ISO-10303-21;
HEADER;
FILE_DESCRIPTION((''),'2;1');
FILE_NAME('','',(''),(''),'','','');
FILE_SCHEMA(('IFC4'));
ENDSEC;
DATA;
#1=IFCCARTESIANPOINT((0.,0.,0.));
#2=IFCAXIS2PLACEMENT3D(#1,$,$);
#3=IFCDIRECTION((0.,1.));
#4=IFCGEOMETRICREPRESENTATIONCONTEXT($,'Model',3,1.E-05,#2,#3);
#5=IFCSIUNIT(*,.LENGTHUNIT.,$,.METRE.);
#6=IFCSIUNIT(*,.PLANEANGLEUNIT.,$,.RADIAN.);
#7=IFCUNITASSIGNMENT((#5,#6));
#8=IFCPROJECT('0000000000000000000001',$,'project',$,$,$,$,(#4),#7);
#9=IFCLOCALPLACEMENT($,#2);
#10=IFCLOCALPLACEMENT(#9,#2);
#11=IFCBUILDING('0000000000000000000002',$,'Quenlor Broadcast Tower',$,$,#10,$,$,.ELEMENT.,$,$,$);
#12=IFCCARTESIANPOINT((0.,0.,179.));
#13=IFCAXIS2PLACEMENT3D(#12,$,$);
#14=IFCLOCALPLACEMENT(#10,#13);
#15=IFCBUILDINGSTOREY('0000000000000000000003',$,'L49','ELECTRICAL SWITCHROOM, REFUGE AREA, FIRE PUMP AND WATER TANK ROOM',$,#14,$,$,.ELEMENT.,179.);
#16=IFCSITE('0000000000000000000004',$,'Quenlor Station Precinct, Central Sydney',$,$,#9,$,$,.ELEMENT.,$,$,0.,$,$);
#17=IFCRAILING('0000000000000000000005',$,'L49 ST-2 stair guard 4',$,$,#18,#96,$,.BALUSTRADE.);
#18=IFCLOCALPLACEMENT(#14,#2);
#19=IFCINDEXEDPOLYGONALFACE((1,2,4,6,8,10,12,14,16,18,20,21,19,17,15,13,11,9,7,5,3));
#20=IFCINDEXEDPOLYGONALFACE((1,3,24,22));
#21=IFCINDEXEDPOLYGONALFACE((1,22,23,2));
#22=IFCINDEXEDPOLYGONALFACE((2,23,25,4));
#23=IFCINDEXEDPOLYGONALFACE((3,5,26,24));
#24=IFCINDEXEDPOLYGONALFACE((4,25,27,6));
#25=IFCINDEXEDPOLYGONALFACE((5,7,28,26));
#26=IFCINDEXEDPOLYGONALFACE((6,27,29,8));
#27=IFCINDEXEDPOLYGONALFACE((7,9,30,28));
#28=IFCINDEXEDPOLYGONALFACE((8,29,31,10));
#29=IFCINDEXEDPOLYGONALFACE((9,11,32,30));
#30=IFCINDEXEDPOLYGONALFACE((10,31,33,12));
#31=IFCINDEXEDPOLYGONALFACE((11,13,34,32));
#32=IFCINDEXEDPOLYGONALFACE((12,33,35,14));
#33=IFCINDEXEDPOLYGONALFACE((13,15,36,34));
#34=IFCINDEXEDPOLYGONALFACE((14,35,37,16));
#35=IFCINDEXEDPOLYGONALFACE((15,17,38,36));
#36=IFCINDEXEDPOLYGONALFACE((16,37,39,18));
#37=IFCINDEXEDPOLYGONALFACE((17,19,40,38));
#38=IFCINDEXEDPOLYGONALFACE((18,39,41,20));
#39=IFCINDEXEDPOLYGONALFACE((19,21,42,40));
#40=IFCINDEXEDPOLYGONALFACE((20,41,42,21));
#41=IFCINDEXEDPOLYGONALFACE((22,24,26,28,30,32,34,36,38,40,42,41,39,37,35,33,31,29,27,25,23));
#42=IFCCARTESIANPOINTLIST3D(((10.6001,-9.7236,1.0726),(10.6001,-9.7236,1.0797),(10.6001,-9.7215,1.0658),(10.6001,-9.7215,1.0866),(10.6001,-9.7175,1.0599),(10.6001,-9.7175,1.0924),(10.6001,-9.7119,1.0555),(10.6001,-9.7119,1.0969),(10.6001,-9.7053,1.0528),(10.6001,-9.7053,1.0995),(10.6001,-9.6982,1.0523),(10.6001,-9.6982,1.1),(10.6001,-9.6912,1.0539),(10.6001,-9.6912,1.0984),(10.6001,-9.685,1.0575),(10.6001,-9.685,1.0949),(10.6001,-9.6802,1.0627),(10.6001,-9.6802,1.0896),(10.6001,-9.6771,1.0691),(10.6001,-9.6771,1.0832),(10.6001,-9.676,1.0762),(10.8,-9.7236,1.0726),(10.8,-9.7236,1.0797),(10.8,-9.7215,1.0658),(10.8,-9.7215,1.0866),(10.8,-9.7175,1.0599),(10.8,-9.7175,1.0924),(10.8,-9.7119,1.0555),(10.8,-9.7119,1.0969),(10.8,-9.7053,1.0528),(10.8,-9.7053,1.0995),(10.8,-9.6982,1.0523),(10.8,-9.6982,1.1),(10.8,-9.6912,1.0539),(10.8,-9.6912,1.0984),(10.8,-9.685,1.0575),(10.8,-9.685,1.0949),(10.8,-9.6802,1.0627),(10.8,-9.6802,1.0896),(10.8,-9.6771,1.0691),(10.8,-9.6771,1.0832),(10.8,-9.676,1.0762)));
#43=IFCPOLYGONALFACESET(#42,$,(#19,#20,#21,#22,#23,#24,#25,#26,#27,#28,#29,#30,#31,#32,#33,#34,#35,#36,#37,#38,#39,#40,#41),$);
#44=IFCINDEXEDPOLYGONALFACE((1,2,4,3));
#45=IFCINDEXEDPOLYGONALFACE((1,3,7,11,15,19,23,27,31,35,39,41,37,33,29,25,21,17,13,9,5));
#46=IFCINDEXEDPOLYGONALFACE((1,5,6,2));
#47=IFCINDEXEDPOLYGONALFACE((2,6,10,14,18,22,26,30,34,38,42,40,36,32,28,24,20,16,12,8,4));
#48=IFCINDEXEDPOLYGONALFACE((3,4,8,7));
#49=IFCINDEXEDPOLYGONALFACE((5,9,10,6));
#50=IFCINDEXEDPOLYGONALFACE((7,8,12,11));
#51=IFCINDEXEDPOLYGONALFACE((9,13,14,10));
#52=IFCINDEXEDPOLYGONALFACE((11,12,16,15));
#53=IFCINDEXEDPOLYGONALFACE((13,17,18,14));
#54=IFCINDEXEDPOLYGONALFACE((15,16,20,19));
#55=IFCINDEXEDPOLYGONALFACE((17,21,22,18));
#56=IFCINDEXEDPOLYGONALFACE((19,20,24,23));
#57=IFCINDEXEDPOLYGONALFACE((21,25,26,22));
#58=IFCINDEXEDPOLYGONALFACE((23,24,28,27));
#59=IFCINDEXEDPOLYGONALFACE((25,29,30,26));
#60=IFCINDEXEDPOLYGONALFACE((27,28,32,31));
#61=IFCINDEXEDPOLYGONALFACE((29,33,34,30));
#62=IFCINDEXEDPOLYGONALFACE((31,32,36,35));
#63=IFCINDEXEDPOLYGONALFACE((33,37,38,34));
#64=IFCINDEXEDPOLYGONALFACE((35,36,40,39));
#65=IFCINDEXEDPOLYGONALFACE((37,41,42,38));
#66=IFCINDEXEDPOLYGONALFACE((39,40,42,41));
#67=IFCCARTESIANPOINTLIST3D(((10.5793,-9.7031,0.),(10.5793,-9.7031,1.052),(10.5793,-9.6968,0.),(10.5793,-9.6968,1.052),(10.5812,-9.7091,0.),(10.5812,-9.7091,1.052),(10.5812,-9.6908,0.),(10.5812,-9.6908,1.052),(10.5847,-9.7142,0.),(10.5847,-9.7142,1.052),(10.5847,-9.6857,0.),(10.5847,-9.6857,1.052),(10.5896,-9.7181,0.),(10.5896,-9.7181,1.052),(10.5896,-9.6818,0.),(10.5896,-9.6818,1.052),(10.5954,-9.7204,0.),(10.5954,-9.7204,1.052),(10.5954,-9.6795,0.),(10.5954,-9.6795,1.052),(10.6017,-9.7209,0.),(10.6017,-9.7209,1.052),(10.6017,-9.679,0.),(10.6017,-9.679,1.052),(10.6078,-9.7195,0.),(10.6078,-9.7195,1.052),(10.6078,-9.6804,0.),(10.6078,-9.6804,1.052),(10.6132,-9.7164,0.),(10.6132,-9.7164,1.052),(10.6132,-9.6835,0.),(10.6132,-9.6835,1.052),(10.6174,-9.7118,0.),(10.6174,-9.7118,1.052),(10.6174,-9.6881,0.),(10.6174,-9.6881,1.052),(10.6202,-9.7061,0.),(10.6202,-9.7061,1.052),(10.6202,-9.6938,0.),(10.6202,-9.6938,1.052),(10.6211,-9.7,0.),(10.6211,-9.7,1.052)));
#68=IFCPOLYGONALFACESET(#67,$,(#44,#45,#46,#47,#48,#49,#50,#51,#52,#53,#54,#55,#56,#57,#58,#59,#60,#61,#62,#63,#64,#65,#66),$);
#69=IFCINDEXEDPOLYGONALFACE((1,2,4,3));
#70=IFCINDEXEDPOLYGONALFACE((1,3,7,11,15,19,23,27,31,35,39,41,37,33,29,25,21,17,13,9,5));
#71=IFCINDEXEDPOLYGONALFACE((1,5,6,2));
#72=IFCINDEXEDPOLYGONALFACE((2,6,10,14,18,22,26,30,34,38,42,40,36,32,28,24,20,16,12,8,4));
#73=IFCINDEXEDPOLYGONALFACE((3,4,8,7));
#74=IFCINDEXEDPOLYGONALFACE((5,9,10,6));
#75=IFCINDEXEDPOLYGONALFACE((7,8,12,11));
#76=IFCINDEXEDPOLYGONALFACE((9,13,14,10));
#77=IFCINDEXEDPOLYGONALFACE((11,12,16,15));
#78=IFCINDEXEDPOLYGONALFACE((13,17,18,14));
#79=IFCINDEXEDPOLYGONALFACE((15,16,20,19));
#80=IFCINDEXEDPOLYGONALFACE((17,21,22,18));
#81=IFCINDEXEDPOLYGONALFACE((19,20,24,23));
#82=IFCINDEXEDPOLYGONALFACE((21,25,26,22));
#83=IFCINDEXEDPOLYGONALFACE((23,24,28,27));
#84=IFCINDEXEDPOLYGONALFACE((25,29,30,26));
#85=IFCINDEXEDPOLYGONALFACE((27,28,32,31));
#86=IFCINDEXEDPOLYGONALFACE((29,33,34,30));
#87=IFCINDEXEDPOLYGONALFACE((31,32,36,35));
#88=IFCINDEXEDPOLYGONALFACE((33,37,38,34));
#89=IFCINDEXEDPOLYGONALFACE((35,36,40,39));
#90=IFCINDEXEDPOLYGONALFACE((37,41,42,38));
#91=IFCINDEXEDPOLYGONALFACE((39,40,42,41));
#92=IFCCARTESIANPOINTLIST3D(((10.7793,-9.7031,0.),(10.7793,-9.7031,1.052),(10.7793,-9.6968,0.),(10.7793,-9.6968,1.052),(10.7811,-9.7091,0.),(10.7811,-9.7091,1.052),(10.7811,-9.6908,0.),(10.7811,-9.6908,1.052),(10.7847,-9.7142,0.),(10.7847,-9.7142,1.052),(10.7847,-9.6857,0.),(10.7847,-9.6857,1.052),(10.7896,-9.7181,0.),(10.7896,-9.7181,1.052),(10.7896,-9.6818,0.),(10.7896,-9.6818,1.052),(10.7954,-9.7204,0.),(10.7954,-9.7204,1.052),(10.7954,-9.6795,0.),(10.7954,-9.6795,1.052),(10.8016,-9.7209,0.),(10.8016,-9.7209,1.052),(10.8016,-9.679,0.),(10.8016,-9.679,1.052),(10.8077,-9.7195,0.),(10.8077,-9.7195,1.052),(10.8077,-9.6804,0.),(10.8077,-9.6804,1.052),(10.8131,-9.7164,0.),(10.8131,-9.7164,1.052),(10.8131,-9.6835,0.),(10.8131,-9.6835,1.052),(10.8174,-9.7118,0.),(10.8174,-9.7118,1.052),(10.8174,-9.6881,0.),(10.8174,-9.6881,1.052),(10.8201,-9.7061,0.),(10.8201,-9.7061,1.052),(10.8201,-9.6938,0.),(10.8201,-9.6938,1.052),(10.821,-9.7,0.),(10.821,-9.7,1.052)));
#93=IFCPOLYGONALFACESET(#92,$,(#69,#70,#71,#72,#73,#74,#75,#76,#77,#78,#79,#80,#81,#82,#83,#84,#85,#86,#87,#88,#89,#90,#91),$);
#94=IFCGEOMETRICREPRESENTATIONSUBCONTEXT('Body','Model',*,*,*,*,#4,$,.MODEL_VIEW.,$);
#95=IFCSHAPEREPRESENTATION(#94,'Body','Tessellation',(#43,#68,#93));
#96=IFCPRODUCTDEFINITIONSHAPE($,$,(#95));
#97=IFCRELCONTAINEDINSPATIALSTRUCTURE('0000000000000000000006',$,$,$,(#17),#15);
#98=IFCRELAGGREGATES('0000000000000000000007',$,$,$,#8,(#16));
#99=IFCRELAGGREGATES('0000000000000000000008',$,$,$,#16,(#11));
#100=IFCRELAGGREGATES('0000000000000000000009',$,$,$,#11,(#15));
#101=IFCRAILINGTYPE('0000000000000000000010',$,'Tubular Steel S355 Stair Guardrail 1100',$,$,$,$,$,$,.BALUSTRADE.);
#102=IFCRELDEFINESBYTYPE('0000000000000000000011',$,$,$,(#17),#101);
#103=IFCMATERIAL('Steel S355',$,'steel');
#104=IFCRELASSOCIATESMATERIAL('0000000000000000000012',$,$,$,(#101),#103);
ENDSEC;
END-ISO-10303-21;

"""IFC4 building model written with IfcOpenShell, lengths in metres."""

from ifc_helpers import new_model, si_unit, direction, frame, origin, origin_2d, place, context, subcontext, project, spatial, circle, extrude, material, type_object, element, save


model = new_model("IFC4")

# Units and contexts
model_context = context("Model", 3, precision=1e-05, world=origin(), true_north=direction((0.0, 1.0)))
body_context = subcontext(model_context, "Body", "Model", "MODEL_VIEW")
ifc_project = project(units=[si_unit("LENGTHUNIT", "METRE"), si_unit("PLANEANGLEUNIT", "RADIAN")], contexts=[model_context])

# Site, building, storey
site_placement = place(None, origin())
site = spatial("IfcSite", under=ifc_project, at=site_placement, Name="Quenlor Station Precinct, Central Sydney", CompositionType="ELEMENT", RefElevation=0.0)
building_placement = place(site_placement, origin())
building = spatial("IfcBuilding", under=site, at=building_placement, Name="Quenlor Broadcast Tower", CompositionType="ELEMENT")
storey_placement = place(building_placement, frame((0.0, 0.0, 179.0)))
storey = spatial("IfcBuildingStorey", under=building, at=storey_placement, Name="L49", Description="ELECTRICAL SWITCHROOM, REFUGE AREA, FIRE PUMP AND WATER TANK ROOM", CompositionType="ELEMENT", Elevation=179.0)

# Railing
ifc_material_1 = material(Name="Steel S355", Category="steel")
railing_type_1 = type_object("IfcRailingType", Name="Tubular Steel S355 Stair Guardrail 1100", PredefinedType="BALUSTRADE", material=ifc_material_1)
railing_1_placement = place(storey_placement, frame((10.6001, -9.7, 0.0)))
element("IfcRailing", 1, at=railing_1_placement, inside=storey, type_object=railing_type_1, Name="L49 ST-2 stair guard 4", PredefinedType="BALUSTRADE", context=body_context, shape_type="SweptSolid", body=[
    extrude(circle(Radius=0.0239, at=origin_2d()), frame((0.0, 0.0, 1.0762), z_axis=(1.0, 0.0, 0.0), x_axis=(0.0, 1.0, 0.0)), (0.0, 0.0, 1.0), 0.2),
    extrude(circle(Radius=0.021, at=origin_2d()), origin(), (0.0, 0.0, 1.0), 1.052),
    extrude(circle(Radius=0.021, at=origin_2d()), frame((0.2, 0.0, 0.0)), (0.0, 0.0, 1.0), 1.052),
])

save(model, "model.ifc")
